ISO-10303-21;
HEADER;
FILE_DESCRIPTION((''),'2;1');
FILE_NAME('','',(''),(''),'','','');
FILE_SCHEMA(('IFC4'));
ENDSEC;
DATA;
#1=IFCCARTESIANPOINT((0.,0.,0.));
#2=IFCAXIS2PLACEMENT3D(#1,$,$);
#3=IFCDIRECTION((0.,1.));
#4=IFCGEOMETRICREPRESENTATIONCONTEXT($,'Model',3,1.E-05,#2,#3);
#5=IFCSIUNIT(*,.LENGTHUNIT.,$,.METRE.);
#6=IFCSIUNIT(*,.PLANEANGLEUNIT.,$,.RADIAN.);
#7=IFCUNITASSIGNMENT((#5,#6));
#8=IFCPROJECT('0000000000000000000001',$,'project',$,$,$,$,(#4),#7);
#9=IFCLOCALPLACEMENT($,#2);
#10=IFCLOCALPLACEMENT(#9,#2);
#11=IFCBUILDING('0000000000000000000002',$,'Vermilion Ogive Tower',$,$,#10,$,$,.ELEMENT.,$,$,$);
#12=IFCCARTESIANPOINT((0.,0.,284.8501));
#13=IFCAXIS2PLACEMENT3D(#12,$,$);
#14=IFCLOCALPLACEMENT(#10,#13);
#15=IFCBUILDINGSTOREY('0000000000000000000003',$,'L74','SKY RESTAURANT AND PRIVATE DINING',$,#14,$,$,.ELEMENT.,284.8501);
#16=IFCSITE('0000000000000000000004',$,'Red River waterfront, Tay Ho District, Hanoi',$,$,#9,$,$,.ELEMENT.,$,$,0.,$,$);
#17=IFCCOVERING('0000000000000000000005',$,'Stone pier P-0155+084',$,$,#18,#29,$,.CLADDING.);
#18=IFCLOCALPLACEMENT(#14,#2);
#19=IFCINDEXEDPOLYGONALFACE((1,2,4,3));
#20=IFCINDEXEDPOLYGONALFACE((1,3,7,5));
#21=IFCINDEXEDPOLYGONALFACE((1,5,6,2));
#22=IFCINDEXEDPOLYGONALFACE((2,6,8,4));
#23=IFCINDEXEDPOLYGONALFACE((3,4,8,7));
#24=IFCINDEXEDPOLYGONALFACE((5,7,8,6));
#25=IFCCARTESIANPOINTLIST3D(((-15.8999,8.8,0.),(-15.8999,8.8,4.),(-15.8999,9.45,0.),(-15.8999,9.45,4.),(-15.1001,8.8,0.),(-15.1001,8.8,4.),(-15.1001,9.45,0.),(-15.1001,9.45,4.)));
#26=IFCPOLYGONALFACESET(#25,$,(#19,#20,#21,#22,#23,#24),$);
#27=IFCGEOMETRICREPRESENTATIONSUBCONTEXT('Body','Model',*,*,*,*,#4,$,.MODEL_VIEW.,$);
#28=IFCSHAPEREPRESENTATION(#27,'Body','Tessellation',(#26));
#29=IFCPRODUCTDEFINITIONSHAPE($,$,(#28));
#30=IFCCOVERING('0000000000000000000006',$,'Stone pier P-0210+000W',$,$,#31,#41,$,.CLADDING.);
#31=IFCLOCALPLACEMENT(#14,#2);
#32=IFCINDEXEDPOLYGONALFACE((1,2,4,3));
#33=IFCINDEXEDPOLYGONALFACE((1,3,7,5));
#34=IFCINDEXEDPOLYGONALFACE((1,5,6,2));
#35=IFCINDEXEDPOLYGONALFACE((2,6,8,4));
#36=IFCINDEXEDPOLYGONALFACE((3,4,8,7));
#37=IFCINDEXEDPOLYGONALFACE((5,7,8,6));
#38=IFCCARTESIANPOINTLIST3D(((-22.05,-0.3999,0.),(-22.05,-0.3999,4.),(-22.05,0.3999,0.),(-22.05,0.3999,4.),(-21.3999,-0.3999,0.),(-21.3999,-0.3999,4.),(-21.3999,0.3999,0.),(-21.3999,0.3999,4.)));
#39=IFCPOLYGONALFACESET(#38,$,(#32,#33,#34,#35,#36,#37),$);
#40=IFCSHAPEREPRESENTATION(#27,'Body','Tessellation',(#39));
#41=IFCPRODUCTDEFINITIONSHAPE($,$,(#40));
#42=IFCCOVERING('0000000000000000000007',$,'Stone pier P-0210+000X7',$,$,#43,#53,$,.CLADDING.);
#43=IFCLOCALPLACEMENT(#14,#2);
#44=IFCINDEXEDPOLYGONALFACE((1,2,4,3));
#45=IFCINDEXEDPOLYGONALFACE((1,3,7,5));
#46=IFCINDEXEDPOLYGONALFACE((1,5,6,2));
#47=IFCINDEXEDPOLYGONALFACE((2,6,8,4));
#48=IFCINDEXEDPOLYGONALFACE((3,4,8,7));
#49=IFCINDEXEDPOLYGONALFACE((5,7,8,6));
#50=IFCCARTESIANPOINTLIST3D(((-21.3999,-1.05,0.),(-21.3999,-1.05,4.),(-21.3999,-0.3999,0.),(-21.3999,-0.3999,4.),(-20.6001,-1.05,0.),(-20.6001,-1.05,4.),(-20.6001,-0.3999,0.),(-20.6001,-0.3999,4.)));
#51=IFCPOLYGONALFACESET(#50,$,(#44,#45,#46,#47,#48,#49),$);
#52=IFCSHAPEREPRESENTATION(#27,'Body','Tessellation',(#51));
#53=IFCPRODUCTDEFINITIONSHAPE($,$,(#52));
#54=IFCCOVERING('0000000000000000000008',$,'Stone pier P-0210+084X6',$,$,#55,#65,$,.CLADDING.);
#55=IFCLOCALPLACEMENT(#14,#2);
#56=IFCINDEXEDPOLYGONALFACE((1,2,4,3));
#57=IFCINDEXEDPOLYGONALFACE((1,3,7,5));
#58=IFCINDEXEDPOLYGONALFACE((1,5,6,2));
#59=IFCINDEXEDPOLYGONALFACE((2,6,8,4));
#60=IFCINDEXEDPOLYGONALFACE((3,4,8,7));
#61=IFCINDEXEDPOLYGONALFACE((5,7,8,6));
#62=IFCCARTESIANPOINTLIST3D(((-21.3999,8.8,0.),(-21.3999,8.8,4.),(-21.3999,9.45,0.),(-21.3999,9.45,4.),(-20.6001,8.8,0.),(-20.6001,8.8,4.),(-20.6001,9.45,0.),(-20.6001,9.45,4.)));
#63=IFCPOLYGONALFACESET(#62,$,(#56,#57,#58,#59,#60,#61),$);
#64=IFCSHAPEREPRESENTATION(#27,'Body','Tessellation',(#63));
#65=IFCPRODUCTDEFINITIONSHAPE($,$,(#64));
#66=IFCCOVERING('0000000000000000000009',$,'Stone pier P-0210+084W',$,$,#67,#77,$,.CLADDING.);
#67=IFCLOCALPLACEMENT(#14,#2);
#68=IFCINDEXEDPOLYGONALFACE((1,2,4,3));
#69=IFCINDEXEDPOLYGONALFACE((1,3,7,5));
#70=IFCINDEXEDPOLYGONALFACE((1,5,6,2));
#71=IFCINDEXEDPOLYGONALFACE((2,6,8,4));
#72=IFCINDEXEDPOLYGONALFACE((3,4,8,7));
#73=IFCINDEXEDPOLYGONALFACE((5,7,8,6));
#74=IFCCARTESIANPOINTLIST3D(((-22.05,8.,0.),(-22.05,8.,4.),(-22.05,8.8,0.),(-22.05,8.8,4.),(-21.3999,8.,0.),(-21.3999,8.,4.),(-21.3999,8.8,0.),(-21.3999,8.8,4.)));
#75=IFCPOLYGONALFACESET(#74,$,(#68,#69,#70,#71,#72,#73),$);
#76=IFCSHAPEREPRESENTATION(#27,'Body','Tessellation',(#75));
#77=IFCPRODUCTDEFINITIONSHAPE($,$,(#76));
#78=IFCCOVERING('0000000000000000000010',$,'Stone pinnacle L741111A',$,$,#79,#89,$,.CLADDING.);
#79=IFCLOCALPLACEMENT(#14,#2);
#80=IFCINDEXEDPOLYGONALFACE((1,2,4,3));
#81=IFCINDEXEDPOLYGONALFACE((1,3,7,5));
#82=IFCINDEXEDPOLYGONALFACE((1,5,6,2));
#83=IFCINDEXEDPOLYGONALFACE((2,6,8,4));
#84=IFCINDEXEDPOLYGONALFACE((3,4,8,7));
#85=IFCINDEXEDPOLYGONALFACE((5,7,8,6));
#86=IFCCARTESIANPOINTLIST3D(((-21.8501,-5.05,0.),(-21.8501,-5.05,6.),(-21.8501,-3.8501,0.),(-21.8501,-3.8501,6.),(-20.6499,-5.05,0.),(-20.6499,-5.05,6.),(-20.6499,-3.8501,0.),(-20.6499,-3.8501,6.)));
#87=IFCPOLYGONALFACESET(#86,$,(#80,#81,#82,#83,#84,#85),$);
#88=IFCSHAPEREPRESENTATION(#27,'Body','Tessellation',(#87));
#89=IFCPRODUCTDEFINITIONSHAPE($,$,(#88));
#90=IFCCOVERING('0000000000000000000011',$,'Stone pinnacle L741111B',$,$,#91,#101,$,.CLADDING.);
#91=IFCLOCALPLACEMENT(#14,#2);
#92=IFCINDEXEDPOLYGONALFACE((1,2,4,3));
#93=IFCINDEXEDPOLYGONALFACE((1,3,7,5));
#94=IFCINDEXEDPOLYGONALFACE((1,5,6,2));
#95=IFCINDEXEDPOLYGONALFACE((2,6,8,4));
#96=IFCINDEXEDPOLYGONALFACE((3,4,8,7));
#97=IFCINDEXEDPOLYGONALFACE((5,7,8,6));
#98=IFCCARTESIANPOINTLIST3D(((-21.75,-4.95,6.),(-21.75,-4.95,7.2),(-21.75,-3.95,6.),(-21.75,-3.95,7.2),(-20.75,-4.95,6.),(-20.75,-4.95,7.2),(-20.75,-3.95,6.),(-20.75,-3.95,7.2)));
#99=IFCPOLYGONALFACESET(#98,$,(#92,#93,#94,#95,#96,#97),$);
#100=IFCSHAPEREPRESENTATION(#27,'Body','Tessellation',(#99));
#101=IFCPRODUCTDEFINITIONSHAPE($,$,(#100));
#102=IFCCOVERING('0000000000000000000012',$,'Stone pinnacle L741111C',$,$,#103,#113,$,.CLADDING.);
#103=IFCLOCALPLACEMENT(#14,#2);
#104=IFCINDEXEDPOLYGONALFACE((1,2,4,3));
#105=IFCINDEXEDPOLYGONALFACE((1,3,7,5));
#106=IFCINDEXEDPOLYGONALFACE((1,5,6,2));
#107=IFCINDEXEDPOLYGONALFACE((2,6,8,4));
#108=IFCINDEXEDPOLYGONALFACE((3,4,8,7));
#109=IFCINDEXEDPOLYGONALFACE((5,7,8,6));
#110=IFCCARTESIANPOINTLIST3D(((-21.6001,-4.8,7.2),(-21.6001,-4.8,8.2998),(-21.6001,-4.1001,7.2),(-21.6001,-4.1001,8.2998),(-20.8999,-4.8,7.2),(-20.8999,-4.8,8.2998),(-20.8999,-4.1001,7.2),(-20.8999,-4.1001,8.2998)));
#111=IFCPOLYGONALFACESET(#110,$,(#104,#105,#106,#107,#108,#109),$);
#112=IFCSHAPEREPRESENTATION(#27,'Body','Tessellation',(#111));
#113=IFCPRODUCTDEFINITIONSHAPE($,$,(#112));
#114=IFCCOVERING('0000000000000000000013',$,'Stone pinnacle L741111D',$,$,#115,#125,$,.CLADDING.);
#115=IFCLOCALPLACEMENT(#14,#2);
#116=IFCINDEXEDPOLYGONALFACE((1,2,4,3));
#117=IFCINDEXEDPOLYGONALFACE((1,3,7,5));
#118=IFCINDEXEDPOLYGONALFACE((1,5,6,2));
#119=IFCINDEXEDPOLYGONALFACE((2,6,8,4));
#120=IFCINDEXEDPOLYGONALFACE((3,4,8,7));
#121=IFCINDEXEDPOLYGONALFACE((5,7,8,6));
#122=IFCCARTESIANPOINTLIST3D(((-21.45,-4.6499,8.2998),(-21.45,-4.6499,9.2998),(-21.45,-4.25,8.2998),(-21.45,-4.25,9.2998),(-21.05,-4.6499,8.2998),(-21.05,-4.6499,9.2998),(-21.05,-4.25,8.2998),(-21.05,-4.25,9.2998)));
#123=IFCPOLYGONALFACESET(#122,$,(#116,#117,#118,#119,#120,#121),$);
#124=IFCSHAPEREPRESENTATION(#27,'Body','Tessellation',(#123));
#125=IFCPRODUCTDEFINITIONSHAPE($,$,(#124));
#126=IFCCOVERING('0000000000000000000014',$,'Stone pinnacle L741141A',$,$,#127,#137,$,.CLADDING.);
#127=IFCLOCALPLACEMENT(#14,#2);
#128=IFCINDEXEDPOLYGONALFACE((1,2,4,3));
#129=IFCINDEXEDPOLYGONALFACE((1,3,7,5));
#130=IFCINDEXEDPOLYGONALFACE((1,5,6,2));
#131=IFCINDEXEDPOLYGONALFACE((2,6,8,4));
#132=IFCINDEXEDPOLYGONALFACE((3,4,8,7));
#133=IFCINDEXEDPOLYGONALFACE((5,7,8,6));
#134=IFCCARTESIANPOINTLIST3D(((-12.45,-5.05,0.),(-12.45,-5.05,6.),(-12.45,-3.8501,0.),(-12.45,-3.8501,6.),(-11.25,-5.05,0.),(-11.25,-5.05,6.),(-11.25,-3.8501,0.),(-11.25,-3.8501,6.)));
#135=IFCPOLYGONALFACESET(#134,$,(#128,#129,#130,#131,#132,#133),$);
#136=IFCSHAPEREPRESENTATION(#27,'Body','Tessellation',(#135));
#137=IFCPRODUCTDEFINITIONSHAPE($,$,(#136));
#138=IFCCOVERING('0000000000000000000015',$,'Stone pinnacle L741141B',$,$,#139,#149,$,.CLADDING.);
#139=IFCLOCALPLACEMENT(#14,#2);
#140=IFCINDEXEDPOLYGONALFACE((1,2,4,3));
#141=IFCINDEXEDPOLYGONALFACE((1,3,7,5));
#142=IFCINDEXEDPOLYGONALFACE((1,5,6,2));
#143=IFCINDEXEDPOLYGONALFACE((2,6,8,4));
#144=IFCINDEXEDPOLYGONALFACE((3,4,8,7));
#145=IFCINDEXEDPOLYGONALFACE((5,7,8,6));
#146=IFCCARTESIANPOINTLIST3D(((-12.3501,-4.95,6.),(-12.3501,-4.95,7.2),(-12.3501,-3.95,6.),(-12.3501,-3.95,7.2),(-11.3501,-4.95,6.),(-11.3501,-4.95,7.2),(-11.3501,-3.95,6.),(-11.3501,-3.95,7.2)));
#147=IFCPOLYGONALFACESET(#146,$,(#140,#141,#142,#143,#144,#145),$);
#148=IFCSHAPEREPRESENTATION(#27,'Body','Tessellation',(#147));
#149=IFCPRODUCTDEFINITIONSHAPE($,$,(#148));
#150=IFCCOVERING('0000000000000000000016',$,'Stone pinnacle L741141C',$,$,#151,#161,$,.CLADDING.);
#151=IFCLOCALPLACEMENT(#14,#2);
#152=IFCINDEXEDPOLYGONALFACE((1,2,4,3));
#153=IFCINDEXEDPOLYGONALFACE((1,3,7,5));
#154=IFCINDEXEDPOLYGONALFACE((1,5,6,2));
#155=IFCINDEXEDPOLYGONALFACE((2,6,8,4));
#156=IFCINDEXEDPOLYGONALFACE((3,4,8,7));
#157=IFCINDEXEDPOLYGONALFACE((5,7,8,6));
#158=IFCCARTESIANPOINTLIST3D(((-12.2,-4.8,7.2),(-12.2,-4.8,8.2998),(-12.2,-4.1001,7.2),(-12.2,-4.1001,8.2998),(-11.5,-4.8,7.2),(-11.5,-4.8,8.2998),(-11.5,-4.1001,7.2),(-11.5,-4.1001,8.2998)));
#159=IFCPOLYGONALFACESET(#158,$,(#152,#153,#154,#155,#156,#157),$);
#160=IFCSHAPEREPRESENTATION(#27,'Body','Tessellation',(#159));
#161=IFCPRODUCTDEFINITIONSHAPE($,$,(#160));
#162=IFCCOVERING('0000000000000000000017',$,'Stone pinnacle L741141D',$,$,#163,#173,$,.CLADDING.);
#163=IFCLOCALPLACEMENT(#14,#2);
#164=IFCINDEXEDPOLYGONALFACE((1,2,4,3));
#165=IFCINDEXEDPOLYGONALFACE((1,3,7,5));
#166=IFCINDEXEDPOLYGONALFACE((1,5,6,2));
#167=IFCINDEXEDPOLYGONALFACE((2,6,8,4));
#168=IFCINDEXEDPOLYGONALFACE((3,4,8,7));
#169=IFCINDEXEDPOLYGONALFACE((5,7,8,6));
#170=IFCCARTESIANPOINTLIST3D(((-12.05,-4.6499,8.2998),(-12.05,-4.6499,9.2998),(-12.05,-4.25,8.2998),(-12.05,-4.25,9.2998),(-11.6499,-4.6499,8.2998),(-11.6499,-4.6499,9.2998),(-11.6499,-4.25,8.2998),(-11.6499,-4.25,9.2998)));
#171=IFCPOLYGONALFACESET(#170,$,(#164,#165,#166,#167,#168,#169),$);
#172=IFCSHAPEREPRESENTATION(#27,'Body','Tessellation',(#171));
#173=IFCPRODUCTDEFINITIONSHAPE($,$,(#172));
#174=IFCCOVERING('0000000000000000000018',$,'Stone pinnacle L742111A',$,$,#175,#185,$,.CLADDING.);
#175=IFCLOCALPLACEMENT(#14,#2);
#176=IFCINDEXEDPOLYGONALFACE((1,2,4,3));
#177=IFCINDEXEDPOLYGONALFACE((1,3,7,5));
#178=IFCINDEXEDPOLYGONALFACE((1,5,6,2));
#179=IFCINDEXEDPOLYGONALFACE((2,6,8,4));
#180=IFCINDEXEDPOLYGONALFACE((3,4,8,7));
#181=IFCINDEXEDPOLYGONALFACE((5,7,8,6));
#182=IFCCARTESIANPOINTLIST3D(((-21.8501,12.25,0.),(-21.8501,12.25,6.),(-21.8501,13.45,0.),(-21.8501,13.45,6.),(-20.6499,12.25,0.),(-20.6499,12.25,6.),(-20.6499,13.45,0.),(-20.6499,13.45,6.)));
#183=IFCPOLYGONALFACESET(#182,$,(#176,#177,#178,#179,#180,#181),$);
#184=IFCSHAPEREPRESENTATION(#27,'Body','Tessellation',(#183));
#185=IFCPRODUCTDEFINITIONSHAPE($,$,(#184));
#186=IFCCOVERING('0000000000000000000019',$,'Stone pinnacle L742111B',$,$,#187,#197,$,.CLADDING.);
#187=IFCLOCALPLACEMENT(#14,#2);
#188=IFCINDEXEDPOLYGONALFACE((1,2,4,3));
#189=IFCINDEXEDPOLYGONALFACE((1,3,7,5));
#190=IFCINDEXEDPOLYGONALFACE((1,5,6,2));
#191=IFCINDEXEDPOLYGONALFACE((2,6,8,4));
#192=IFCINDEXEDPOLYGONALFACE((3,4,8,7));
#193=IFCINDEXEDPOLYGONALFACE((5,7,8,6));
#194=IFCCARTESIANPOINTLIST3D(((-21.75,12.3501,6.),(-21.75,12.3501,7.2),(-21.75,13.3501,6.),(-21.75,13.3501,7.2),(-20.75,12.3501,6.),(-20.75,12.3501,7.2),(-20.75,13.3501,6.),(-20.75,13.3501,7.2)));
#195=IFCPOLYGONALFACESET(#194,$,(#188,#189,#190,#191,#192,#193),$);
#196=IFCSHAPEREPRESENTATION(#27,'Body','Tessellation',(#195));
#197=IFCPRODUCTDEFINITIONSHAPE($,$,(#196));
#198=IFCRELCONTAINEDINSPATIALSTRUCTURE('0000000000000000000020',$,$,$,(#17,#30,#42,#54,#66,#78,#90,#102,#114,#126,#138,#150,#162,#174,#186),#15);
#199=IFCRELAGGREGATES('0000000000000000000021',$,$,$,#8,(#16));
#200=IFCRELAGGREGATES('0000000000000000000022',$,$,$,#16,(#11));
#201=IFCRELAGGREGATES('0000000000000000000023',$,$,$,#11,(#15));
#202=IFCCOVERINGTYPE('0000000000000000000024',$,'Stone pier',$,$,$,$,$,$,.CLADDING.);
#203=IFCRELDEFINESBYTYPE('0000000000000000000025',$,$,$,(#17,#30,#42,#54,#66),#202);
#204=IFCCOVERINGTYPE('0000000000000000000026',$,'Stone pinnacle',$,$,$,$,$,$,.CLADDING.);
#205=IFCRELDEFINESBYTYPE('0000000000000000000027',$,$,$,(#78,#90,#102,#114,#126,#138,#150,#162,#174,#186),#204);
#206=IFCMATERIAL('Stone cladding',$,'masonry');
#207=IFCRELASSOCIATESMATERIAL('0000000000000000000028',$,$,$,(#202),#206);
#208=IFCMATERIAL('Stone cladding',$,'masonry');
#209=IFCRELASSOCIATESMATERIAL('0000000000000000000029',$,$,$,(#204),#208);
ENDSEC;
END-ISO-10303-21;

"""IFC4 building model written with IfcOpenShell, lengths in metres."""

from ifc_helpers import new_model, si_unit, direction, frame, origin, place, context, subcontext, project, spatial, polyline, outline, extrude, material, type_object, element, save


model = new_model("IFC4")

# Units and contexts
model_context = context("Model", 3, precision=1e-05, world=origin(), true_north=direction((0.0, 1.0)))
body_context = subcontext(model_context, "Body", "Model", "MODEL_VIEW")
ifc_project = project(units=[si_unit("LENGTHUNIT", "METRE"), si_unit("PLANEANGLEUNIT", "RADIAN")], contexts=[model_context])

# Site, building, storey
site_placement = place(None, origin())
site = spatial("IfcSite", under=ifc_project, at=site_placement, Name="Red River waterfront, Tay Ho District, Hanoi", CompositionType="ELEMENT", RefElevation=0.0)
building_placement = place(site_placement, origin())
building = spatial("IfcBuilding", under=site, at=building_placement, Name="Vermilion Ogive Tower", CompositionType="ELEMENT")
storey_placement = place(building_placement, frame((0.0, 0.0, 284.8501)))
storey = spatial("IfcBuildingStorey", under=building, at=storey_placement, Name="L74", Description="SKY RESTAURANT AND PRIVATE DINING", CompositionType="ELEMENT", Elevation=284.8501)

# Coverings
ifc_material_1 = material(Name="Stone cladding", Category="masonry")
covering_type_1 = type_object("IfcCoveringType", Name="Stone pier", PredefinedType="CLADDING", material=ifc_material_1)
covering_1_placement = place(storey_placement, origin())
element("IfcCovering", 1, at=covering_1_placement, inside=storey, type_object=covering_type_1, Name="Stone pier P-0155+084", PredefinedType="CLADDING", context=body_context, shape_type="SweptSolid", body=[
    extrude(outline(polyline([(-15.8999, 9.45), (-15.1001, 9.45), (-15.1001, 8.8), (-15.8999, 8.8), (-15.8999, 9.45)])), origin(), (0.0, 0.0, 1.0), 4.0),
])
covering_2_placement = place(storey_placement, origin())
element("IfcCovering", 2, at=covering_2_placement, inside=storey, type_object=covering_type_1, Name="Stone pier P-0210+000W", PredefinedType="CLADDING", context=body_context, shape_type="SweptSolid", body=[
    extrude(outline(polyline([(-21.3999, -0.3999), (-21.3999, -0.3999), (-22.05, -0.3999), (-22.05, 0.3999), (-21.3999, 0.3999), (-21.3999, 0.3999), (-21.3999, -0.3999)])), origin(), (0.0, 0.0, 1.0), 4.0),
])
covering_3_placement = place(storey_placement, origin())
element("IfcCovering", 3, at=covering_3_placement, inside=storey, type_object=covering_type_1, Name="Stone pier P-0210+000X7", PredefinedType="CLADDING", context=body_context, shape_type="SweptSolid", body=[
    extrude(outline(polyline([(-21.3999, -1.05), (-21.3999, -0.3999), (-21.3999, -0.3999), (-20.6001, -0.3999), (-20.6001, -1.05), (-21.3999, -1.05)])), origin(), (0.0, 0.0, 1.0), 4.0),
])
covering_4_placement = place(storey_placement, origin())
element("IfcCovering", 4, at=covering_4_placement, inside=storey, type_object=covering_type_1, Name="Stone pier P-0210+084X6", PredefinedType="CLADDING", context=body_context, shape_type="SweptSolid", body=[
    extrude(outline(polyline([(-21.3999, 9.45), (-20.6001, 9.45), (-20.6001, 8.8), (-21.3999, 8.8), (-21.3999, 9.45)])), origin(), (0.0, 0.0, 1.0), 4.0),
])
covering_5_placement = place(storey_placement, origin())
element("IfcCovering", 5, at=covering_5_placement, inside=storey, type_object=covering_type_1, Name="Stone pier P-0210+084W", PredefinedType="CLADDING", context=body_context, shape_type="SweptSolid", body=[
    extrude(outline(polyline([(-22.05, 8.8), (-21.3999, 8.8), (-21.3999, 8.0), (-22.05, 8.0), (-22.05, 8.8)])), origin(), (0.0, 0.0, 1.0), 4.0),
])
ifc_material_2 = material(Name="Stone cladding", Category="masonry")
covering_type_2 = type_object("IfcCoveringType", Name="Stone pinnacle", PredefinedType="CLADDING", material=ifc_material_2)
covering_6_placement = place(storey_placement, origin())
element("IfcCovering", 6, at=covering_6_placement, inside=storey, type_object=covering_type_2, Name="Stone pinnacle L741111A", PredefinedType="CLADDING", context=body_context, shape_type="SweptSolid", body=[
    extrude(outline(polyline([(-21.8501, -5.05), (-20.6499, -5.05), (-20.6499, -3.8501), (-21.8501, -3.8501), (-21.8501, -5.05)])), origin(), (0.0, 0.0, 1.0), 6.0),
])
covering_7_placement = place(storey_placement, frame((0.0, 0.0, 6.0)))
element("IfcCovering", 7, at=covering_7_placement, inside=storey, type_object=covering_type_2, Name="Stone pinnacle L741111B", PredefinedType="CLADDING", context=body_context, shape_type="SweptSolid", body=[
    extrude(outline(polyline([(-21.75, -4.95), (-20.75, -4.95), (-20.75, -3.95), (-21.75, -3.95), (-21.75, -4.95)])), origin(), (0.0, 0.0, 1.0), 1.2),
])
covering_8_placement = place(storey_placement, frame((0.0, 0.0, 7.2)))
element("IfcCovering", 8, at=covering_8_placement, inside=storey, type_object=covering_type_2, Name="Stone pinnacle L741111C", PredefinedType="CLADDING", context=body_context, shape_type="SweptSolid", body=[
    extrude(outline(polyline([(-21.6001, -4.8), (-20.8999, -4.8), (-20.8999, -4.1001), (-21.6001, -4.1001), (-21.6001, -4.8)])), origin(), (0.0, 0.0, 1.0), 1.0999),
])
covering_9_placement = place(storey_placement, frame((0.0, 0.0, 8.2998)))
element("IfcCovering", 9, at=covering_9_placement, inside=storey, type_object=covering_type_2, Name="Stone pinnacle L741111D", PredefinedType="CLADDING", context=body_context, shape_type="SweptSolid", body=[
    extrude(outline(polyline([(-21.45, -4.6499), (-21.05, -4.6499), (-21.05, -4.25), (-21.45, -4.25), (-21.45, -4.6499)])), origin(), (0.0, 0.0, 1.0), 1.0),
])
covering_10_placement = place(storey_placement, origin())
element("IfcCovering", 10, at=covering_10_placement, inside=storey, type_object=covering_type_2, Name="Stone pinnacle L741141A", PredefinedType="CLADDING", context=body_context, shape_type="SweptSolid", body=[
    extrude(outline(polyline([(-12.45, -5.05), (-11.25, -5.05), (-11.25, -3.8501), (-12.45, -3.8501), (-12.45, -5.05)])), origin(), (0.0, 0.0, 1.0), 6.0),
])
covering_11_placement = place(storey_placement, frame((0.0, 0.0, 6.0)))
element("IfcCovering", 11, at=covering_11_placement, inside=storey, type_object=covering_type_2, Name="Stone pinnacle L741141B", PredefinedType="CLADDING", context=body_context, shape_type="SweptSolid", body=[
    extrude(outline(polyline([(-12.3501, -4.95), (-11.3501, -4.95), (-11.3501, -3.95), (-12.3501, -3.95), (-12.3501, -4.95)])), origin(), (0.0, 0.0, 1.0), 1.2),
])
covering_12_placement = place(storey_placement, frame((0.0, 0.0, 7.2)))
element("IfcCovering", 12, at=covering_12_placement, inside=storey, type_object=covering_type_2, Name="Stone pinnacle L741141C", PredefinedType="CLADDING", context=body_context, shape_type="SweptSolid", body=[
    extrude(outline(polyline([(-12.2, -4.8), (-11.5, -4.8), (-11.5, -4.1001), (-12.2, -4.1001), (-12.2, -4.8)])), origin(), (0.0, 0.0, 1.0), 1.0999),
])
covering_13_placement = place(storey_placement, frame((0.0, 0.0, 8.2998)))
element("IfcCovering", 13, at=covering_13_placement, inside=storey, type_object=covering_type_2, Name="Stone pinnacle L741141D", PredefinedType="CLADDING", context=body_context, shape_type="SweptSolid", body=[
    extrude(outline(polyline([(-12.05, -4.6499), (-11.6499, -4.6499), (-11.6499, -4.25), (-12.05, -4.25), (-12.05, -4.6499)])), origin(), (0.0, 0.0, 1.0), 1.0),
])
covering_14_placement = place(storey_placement, origin())
element("IfcCovering", 14, at=covering_14_placement, inside=storey, type_object=covering_type_2, Name="Stone pinnacle L742111A", PredefinedType="CLADDING", context=body_context, shape_type="SweptSolid", body=[
    extrude(outline(polyline([(-21.8501, 12.25), (-20.6499, 12.25), (-20.6499, 13.45), (-21.8501, 13.45), (-21.8501, 12.25)])), origin(), (0.0, 0.0, 1.0), 6.0),
])
covering_15_placement = place(storey_placement, frame((0.0, 0.0, 6.0)))
element("IfcCovering", 15, at=covering_15_placement, inside=storey, type_object=covering_type_2, Name="Stone pinnacle L742111B", PredefinedType="CLADDING", context=body_context, shape_type="SweptSolid", body=[
    extrude(outline(polyline([(-21.75, 12.3501), (-20.75, 12.3501), (-20.75, 13.3501), (-21.75, 13.3501), (-21.75, 12.3501)])), origin(), (0.0, 0.0, 1.0), 1.2),
])

save(model, "model.ifc")
